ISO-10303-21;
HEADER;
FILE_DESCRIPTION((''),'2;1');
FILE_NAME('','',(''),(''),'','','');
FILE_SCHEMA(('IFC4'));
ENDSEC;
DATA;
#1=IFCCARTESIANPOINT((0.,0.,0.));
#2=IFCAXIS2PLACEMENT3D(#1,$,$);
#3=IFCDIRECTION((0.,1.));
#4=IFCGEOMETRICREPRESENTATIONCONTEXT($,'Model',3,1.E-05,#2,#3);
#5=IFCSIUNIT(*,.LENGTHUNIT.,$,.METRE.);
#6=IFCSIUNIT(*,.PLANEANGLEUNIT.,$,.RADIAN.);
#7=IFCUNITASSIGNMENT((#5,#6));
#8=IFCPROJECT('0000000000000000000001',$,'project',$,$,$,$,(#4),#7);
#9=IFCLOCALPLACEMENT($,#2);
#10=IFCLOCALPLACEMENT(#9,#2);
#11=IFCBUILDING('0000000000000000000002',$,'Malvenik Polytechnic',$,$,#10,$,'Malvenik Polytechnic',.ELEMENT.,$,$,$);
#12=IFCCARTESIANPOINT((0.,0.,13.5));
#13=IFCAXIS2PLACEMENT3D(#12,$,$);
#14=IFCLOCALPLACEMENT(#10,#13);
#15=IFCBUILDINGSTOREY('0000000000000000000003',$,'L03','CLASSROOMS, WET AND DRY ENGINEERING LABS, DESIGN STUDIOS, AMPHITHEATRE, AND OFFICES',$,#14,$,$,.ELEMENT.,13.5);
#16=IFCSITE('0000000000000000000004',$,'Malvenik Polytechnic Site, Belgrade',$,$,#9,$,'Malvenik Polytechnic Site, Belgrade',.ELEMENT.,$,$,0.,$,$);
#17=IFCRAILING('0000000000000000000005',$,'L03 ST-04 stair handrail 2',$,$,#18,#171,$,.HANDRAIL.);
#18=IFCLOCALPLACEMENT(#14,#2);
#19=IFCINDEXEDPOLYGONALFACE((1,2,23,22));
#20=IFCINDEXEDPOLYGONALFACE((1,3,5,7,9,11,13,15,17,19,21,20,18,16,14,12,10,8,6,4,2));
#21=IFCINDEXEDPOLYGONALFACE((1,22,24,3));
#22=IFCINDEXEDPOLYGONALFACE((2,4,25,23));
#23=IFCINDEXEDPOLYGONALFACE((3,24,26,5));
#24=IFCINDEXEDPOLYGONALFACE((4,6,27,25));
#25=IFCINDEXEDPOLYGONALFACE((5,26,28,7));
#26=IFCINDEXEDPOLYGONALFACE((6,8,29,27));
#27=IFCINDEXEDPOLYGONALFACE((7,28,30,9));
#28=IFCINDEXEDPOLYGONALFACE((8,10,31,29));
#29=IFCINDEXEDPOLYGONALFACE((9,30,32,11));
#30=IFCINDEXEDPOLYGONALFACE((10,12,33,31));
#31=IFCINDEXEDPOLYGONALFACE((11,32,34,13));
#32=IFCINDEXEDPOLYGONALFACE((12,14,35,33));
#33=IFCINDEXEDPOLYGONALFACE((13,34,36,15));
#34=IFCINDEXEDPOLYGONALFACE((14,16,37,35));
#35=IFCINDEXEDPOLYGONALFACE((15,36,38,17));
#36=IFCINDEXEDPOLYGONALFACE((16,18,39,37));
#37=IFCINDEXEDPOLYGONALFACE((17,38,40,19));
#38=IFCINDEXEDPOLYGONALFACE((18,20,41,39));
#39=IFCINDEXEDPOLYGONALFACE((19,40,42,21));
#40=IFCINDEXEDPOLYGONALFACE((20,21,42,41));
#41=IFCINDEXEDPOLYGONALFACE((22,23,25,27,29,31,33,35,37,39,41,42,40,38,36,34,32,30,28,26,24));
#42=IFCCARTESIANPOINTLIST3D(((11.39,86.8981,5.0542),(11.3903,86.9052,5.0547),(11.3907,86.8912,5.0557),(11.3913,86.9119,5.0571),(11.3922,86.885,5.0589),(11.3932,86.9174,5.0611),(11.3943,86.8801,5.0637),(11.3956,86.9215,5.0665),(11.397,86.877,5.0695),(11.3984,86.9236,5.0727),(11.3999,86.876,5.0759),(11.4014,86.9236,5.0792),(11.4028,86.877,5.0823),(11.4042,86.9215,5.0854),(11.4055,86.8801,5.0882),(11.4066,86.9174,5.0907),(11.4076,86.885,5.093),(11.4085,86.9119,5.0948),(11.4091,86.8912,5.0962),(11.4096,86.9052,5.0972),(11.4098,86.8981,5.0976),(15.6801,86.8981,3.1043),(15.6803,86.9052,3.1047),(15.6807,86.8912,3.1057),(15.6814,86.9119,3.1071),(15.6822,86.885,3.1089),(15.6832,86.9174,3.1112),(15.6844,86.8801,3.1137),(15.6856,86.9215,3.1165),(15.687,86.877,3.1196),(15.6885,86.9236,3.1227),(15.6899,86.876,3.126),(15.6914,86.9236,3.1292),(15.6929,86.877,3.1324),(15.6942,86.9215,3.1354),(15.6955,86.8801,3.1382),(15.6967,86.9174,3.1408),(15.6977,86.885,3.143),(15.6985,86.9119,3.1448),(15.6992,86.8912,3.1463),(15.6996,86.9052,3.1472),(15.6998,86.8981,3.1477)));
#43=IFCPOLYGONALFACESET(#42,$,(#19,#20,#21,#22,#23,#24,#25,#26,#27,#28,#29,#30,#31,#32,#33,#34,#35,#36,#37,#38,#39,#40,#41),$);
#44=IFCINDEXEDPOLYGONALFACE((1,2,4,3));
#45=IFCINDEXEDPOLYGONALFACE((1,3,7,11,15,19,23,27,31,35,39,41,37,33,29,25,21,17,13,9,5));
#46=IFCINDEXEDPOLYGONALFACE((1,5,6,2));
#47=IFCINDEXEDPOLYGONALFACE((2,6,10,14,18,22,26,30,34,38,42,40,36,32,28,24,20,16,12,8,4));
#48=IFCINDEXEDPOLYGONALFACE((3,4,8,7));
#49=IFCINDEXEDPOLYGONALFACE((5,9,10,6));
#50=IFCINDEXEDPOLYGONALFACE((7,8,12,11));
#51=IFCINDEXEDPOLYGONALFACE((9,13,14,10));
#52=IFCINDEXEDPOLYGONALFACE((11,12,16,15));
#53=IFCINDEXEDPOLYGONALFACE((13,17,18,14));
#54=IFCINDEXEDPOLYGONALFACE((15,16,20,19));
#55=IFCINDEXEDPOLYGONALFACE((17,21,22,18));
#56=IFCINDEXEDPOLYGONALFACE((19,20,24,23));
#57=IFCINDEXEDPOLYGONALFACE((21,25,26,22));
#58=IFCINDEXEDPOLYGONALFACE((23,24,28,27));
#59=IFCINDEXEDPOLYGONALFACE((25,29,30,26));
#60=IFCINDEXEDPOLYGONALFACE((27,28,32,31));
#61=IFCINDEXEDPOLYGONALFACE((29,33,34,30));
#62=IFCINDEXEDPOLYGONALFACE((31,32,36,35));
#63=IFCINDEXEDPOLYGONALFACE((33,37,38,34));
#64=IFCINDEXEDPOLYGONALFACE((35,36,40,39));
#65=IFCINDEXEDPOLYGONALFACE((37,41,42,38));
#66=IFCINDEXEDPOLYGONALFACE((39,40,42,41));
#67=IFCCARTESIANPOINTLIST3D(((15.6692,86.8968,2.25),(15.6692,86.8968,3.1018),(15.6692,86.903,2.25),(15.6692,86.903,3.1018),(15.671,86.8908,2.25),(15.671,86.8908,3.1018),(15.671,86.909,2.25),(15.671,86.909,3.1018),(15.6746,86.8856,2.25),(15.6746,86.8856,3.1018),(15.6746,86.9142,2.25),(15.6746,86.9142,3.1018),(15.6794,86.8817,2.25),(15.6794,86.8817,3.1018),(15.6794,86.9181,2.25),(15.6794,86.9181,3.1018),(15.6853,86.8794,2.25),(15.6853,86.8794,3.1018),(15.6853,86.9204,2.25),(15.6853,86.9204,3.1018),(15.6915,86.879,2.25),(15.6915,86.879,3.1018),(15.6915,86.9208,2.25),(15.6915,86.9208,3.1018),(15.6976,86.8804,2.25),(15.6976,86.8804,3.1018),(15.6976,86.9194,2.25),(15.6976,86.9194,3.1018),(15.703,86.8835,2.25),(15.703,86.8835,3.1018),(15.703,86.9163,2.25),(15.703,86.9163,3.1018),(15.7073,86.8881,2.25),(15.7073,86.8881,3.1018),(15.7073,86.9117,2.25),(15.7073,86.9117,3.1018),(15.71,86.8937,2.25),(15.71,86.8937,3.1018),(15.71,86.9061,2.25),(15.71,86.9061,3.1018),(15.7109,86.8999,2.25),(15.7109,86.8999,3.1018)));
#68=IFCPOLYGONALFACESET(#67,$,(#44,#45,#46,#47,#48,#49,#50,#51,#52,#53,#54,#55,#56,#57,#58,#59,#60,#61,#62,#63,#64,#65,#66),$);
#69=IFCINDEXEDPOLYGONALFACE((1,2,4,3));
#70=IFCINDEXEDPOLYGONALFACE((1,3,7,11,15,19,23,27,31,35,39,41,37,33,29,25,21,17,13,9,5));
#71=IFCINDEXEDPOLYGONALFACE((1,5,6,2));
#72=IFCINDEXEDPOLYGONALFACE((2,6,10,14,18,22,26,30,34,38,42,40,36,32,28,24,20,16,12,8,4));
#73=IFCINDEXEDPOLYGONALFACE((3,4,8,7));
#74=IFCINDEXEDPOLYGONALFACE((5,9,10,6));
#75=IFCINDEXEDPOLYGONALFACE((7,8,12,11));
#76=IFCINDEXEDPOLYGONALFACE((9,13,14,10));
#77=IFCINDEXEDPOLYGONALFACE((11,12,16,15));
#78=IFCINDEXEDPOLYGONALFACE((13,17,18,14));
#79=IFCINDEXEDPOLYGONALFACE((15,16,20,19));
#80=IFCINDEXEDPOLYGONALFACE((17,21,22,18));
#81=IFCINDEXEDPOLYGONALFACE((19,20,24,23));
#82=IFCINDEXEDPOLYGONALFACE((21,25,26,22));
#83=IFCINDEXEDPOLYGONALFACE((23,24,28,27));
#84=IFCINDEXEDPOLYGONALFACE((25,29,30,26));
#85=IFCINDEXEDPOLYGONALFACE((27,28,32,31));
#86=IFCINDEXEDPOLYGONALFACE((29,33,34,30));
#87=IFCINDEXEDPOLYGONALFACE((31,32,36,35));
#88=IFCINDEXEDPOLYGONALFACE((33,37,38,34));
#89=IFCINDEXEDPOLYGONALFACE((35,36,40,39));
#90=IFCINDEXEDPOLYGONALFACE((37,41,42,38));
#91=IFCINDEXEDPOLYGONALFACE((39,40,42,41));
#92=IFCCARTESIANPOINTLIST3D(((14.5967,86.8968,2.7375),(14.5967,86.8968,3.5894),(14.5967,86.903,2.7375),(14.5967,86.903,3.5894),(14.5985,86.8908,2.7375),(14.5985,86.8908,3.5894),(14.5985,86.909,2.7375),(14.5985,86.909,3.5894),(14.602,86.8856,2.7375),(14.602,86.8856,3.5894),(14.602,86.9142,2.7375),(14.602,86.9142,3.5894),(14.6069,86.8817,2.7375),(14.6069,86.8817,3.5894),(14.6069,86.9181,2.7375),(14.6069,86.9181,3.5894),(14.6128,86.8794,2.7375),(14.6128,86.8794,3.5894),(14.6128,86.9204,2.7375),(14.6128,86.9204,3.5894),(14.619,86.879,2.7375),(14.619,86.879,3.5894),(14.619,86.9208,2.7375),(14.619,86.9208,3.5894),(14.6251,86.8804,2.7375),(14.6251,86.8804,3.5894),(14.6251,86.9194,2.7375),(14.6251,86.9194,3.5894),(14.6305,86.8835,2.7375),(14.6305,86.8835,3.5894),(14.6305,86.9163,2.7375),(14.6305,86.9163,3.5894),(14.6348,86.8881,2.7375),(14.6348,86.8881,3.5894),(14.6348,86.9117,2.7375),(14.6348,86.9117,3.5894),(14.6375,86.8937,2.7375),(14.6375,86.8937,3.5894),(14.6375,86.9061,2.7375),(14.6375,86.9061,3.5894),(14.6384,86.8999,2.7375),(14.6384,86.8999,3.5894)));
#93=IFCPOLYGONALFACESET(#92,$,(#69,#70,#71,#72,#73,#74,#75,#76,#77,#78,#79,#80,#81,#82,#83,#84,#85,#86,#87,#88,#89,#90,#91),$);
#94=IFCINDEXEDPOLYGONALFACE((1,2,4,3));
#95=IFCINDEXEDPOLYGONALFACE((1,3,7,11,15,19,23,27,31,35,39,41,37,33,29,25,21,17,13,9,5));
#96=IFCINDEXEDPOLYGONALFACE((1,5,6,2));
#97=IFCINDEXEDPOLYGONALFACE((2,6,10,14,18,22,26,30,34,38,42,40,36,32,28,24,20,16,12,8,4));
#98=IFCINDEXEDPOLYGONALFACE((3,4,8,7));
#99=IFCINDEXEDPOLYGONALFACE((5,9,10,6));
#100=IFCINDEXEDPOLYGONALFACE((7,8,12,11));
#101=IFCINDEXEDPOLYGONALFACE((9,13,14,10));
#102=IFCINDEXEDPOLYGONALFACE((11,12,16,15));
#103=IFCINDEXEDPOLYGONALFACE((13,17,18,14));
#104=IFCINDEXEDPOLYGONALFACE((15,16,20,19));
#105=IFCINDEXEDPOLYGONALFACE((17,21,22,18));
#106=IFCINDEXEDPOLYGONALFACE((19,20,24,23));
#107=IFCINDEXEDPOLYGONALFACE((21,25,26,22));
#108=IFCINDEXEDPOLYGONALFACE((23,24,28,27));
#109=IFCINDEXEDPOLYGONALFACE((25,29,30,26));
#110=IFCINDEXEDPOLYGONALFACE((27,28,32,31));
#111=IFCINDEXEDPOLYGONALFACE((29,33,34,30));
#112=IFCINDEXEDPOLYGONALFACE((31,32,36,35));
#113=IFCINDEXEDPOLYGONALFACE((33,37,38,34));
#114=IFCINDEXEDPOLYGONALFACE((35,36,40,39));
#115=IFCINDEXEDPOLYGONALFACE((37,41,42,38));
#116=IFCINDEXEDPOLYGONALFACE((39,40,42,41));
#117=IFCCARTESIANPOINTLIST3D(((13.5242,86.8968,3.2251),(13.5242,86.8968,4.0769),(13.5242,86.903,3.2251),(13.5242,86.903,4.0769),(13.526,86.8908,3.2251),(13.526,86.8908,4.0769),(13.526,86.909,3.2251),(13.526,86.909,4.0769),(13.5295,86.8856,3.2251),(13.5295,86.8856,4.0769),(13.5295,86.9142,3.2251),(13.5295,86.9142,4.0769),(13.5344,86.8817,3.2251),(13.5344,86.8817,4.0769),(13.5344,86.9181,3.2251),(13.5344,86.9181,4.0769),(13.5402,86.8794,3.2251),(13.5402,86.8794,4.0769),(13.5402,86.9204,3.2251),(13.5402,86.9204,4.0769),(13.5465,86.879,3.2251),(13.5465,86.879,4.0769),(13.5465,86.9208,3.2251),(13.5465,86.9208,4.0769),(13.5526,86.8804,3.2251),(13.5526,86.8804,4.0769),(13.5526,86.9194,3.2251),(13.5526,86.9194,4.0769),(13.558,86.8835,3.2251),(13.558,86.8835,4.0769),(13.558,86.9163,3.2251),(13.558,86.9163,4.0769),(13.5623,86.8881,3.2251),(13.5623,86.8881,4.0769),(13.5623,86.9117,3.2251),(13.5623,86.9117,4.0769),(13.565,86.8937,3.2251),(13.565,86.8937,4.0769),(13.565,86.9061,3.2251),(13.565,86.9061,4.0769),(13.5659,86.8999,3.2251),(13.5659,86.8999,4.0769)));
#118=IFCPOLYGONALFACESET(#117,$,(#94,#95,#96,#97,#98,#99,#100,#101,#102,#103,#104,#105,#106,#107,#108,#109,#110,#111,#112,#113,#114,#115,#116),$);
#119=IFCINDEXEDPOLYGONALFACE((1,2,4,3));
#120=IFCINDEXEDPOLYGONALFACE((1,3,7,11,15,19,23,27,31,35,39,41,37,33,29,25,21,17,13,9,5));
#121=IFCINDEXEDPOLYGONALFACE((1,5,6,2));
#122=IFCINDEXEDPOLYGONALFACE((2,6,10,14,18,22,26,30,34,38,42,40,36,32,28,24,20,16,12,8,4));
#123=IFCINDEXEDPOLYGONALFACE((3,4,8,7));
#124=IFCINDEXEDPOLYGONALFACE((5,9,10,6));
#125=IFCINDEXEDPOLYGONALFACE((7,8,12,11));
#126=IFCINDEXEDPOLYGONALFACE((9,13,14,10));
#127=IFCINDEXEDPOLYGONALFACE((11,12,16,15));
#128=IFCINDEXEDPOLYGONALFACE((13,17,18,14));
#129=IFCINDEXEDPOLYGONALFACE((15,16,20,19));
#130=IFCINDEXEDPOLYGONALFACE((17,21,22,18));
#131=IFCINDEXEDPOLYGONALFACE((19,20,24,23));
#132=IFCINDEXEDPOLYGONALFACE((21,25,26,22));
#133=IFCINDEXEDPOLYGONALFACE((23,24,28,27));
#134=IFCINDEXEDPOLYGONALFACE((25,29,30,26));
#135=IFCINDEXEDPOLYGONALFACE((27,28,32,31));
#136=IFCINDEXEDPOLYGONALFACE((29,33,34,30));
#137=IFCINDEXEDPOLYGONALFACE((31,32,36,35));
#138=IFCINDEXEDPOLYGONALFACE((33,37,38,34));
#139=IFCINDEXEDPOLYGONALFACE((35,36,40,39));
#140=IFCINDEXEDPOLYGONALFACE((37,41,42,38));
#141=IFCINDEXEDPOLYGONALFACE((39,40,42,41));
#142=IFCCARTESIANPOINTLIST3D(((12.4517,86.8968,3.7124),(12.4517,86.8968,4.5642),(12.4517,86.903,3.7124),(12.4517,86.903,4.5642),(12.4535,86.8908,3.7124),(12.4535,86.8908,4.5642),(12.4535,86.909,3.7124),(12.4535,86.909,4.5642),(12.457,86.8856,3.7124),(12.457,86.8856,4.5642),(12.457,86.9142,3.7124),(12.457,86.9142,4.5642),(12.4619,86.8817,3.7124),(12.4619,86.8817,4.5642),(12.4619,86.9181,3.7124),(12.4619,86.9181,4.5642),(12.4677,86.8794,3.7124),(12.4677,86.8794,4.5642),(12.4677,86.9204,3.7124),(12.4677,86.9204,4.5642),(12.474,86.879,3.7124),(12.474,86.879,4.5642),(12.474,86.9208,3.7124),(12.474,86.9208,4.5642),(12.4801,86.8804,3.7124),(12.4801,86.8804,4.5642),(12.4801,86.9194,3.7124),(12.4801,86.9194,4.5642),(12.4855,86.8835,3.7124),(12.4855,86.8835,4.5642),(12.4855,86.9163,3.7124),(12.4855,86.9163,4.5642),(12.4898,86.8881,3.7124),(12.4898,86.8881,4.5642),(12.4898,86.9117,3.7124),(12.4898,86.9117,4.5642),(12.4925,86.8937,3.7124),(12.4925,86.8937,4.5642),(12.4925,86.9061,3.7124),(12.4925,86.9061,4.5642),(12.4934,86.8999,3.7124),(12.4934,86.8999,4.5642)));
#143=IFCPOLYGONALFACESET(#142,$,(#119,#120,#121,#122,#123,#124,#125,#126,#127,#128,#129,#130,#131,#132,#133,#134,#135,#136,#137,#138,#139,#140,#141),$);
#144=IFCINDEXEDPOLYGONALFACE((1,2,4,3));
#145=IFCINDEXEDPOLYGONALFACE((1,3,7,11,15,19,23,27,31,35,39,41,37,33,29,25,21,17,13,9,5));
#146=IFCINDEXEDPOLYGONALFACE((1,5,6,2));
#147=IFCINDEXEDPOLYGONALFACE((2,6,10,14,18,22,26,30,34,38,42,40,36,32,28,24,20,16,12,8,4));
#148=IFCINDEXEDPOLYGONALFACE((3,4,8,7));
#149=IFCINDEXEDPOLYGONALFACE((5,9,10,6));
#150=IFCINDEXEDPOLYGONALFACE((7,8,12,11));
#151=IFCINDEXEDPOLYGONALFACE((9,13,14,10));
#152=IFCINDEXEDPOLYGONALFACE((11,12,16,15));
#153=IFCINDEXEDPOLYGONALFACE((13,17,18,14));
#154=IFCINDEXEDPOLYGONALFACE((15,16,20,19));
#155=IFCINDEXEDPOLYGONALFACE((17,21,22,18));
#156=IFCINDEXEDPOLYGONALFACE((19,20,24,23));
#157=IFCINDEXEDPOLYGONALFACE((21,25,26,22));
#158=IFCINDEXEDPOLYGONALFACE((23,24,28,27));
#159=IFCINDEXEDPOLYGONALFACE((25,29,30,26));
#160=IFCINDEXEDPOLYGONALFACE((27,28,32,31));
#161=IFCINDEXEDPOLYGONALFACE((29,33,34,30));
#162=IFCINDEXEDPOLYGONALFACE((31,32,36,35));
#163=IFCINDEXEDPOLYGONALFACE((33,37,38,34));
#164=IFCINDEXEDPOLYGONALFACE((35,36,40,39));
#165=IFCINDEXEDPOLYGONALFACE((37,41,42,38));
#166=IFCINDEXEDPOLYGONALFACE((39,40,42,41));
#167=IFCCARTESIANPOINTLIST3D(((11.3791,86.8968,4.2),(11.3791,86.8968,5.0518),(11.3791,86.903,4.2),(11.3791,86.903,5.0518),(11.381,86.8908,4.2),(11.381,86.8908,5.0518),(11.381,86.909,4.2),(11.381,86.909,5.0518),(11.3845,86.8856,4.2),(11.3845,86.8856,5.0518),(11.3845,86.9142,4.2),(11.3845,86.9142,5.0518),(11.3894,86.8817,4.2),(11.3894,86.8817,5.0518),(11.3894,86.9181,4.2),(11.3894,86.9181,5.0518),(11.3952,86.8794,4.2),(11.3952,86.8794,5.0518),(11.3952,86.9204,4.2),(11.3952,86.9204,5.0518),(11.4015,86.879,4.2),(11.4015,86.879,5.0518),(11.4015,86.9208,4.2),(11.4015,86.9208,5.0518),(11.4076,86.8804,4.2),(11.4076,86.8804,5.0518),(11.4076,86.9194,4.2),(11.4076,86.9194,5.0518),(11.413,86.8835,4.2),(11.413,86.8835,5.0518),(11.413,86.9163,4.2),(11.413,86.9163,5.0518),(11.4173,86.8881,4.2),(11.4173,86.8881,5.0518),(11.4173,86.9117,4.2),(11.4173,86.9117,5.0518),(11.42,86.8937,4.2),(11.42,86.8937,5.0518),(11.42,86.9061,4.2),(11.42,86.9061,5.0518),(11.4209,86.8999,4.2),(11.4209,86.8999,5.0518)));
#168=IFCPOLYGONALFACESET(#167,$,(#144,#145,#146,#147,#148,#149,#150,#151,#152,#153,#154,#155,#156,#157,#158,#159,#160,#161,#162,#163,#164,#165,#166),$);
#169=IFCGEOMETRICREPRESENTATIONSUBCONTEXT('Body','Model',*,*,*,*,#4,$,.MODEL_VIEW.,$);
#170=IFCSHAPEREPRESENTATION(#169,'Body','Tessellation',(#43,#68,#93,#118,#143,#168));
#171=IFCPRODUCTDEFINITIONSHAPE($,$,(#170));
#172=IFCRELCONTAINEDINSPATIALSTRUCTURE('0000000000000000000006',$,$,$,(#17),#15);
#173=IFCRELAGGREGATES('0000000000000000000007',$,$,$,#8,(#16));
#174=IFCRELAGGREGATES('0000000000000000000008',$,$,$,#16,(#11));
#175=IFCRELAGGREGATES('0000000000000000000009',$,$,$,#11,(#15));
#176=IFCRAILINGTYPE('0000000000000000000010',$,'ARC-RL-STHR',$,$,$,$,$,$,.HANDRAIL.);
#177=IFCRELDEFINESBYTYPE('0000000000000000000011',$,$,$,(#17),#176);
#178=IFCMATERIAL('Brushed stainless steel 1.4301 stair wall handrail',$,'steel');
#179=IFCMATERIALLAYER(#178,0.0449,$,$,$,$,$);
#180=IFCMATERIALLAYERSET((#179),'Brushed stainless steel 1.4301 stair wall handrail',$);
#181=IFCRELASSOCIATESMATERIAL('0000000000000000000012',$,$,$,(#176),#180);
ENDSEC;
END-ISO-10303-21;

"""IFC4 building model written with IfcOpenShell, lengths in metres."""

from ifc_helpers import new_model, si_unit, direction, frame, origin, origin_2d, place, context, subcontext, project, spatial, circle, extrude, material, layer, layer_set, type_object, element, save


model = new_model("IFC4")

# Units and contexts
model_context = context("Model", 3, precision=1e-05, world=origin(), true_north=direction((0.0, 1.0)))
body_context = subcontext(model_context, "Body", "Model", "MODEL_VIEW")
ifc_project = project(units=[si_unit("LENGTHUNIT", "METRE"), si_unit("PLANEANGLEUNIT", "RADIAN")], contexts=[model_context])

# Site, building, storey
site_placement = place(None, origin())
site = spatial("IfcSite", under=ifc_project, at=site_placement, Name="Malvenik Polytechnic Site, Belgrade", LongName="Malvenik Polytechnic Site, Belgrade", CompositionType="ELEMENT", RefElevation=0.0)
building_placement = place(site_placement, origin())
building = spatial("IfcBuilding", under=site, at=building_placement, Name="Malvenik Polytechnic", LongName="Malvenik Polytechnic", CompositionType="ELEMENT")
storey_placement = place(building_placement, frame((0.0, 0.0, 13.5)))
storey = spatial("IfcBuildingStorey", under=building, at=storey_placement, Name="L03", Description="CLASSROOMS, WET AND DRY ENGINEERING LABS, DESIGN STUDIOS, AMPHITHEATRE, AND OFFICES", CompositionType="ELEMENT", Elevation=13.5)

# Railing
ifc_material_1 = material(Name="Brushed stainless steel 1.4301 stair wall handrail", Category="steel")
ifc_layer_1 = layer(ifc_material_1, 0.0449)
ifc_layer_set_1 = layer_set([ifc_layer_1], Name="Brushed stainless steel 1.4301 stair wall handrail")
railing_type_1 = type_object("IfcRailingType", Name="ARC-RL-STHR", PredefinedType="HANDRAIL", material=ifc_layer_set_1)
railing_1_placement = place(storey_placement, frame((15.6899, 86.8999, 2.25)))
element("IfcRailing", 1, at=railing_1_placement, inside=storey, type_object=railing_type_1, Name="L03 ST-04 stair handrail 2", PredefinedType="HANDRAIL", context=body_context, shape_type="SweptSolid", body=[
    extrude(circle(Radius=0.0239, at=origin_2d()), frame((0.0, 0.0, 0.876), z_axis=(-0.910372, 0.0, 0.413791), x_axis=(0.0, -1.0, 0.0)), (0.0, 0.0, 1.0), 4.7124),
    extrude(circle(Radius=0.021, at=origin_2d()), origin(), (0.0, 0.0, 1.0), 0.8518),
    extrude(circle(Radius=0.021, at=origin_2d()), frame((-1.0725, 0.0, 0.4875)), (0.0, 0.0, 1.0), 0.8518),
    extrude(circle(Radius=0.021, at=origin_2d()), frame((-2.145, 0.0, 0.9751)), (0.0, 0.0, 1.0), 0.8518),
    extrude(circle(Radius=0.021, at=origin_2d()), frame((-3.2175, 0.0, 1.4624)), (0.0, 0.0, 1.0), 0.8518),
    extrude(circle(Radius=0.021, at=origin_2d()), frame((-4.29, 0.0, 1.95)), (0.0, 0.0, 1.0), 0.8518),
])

save(model, "model.ifc")
